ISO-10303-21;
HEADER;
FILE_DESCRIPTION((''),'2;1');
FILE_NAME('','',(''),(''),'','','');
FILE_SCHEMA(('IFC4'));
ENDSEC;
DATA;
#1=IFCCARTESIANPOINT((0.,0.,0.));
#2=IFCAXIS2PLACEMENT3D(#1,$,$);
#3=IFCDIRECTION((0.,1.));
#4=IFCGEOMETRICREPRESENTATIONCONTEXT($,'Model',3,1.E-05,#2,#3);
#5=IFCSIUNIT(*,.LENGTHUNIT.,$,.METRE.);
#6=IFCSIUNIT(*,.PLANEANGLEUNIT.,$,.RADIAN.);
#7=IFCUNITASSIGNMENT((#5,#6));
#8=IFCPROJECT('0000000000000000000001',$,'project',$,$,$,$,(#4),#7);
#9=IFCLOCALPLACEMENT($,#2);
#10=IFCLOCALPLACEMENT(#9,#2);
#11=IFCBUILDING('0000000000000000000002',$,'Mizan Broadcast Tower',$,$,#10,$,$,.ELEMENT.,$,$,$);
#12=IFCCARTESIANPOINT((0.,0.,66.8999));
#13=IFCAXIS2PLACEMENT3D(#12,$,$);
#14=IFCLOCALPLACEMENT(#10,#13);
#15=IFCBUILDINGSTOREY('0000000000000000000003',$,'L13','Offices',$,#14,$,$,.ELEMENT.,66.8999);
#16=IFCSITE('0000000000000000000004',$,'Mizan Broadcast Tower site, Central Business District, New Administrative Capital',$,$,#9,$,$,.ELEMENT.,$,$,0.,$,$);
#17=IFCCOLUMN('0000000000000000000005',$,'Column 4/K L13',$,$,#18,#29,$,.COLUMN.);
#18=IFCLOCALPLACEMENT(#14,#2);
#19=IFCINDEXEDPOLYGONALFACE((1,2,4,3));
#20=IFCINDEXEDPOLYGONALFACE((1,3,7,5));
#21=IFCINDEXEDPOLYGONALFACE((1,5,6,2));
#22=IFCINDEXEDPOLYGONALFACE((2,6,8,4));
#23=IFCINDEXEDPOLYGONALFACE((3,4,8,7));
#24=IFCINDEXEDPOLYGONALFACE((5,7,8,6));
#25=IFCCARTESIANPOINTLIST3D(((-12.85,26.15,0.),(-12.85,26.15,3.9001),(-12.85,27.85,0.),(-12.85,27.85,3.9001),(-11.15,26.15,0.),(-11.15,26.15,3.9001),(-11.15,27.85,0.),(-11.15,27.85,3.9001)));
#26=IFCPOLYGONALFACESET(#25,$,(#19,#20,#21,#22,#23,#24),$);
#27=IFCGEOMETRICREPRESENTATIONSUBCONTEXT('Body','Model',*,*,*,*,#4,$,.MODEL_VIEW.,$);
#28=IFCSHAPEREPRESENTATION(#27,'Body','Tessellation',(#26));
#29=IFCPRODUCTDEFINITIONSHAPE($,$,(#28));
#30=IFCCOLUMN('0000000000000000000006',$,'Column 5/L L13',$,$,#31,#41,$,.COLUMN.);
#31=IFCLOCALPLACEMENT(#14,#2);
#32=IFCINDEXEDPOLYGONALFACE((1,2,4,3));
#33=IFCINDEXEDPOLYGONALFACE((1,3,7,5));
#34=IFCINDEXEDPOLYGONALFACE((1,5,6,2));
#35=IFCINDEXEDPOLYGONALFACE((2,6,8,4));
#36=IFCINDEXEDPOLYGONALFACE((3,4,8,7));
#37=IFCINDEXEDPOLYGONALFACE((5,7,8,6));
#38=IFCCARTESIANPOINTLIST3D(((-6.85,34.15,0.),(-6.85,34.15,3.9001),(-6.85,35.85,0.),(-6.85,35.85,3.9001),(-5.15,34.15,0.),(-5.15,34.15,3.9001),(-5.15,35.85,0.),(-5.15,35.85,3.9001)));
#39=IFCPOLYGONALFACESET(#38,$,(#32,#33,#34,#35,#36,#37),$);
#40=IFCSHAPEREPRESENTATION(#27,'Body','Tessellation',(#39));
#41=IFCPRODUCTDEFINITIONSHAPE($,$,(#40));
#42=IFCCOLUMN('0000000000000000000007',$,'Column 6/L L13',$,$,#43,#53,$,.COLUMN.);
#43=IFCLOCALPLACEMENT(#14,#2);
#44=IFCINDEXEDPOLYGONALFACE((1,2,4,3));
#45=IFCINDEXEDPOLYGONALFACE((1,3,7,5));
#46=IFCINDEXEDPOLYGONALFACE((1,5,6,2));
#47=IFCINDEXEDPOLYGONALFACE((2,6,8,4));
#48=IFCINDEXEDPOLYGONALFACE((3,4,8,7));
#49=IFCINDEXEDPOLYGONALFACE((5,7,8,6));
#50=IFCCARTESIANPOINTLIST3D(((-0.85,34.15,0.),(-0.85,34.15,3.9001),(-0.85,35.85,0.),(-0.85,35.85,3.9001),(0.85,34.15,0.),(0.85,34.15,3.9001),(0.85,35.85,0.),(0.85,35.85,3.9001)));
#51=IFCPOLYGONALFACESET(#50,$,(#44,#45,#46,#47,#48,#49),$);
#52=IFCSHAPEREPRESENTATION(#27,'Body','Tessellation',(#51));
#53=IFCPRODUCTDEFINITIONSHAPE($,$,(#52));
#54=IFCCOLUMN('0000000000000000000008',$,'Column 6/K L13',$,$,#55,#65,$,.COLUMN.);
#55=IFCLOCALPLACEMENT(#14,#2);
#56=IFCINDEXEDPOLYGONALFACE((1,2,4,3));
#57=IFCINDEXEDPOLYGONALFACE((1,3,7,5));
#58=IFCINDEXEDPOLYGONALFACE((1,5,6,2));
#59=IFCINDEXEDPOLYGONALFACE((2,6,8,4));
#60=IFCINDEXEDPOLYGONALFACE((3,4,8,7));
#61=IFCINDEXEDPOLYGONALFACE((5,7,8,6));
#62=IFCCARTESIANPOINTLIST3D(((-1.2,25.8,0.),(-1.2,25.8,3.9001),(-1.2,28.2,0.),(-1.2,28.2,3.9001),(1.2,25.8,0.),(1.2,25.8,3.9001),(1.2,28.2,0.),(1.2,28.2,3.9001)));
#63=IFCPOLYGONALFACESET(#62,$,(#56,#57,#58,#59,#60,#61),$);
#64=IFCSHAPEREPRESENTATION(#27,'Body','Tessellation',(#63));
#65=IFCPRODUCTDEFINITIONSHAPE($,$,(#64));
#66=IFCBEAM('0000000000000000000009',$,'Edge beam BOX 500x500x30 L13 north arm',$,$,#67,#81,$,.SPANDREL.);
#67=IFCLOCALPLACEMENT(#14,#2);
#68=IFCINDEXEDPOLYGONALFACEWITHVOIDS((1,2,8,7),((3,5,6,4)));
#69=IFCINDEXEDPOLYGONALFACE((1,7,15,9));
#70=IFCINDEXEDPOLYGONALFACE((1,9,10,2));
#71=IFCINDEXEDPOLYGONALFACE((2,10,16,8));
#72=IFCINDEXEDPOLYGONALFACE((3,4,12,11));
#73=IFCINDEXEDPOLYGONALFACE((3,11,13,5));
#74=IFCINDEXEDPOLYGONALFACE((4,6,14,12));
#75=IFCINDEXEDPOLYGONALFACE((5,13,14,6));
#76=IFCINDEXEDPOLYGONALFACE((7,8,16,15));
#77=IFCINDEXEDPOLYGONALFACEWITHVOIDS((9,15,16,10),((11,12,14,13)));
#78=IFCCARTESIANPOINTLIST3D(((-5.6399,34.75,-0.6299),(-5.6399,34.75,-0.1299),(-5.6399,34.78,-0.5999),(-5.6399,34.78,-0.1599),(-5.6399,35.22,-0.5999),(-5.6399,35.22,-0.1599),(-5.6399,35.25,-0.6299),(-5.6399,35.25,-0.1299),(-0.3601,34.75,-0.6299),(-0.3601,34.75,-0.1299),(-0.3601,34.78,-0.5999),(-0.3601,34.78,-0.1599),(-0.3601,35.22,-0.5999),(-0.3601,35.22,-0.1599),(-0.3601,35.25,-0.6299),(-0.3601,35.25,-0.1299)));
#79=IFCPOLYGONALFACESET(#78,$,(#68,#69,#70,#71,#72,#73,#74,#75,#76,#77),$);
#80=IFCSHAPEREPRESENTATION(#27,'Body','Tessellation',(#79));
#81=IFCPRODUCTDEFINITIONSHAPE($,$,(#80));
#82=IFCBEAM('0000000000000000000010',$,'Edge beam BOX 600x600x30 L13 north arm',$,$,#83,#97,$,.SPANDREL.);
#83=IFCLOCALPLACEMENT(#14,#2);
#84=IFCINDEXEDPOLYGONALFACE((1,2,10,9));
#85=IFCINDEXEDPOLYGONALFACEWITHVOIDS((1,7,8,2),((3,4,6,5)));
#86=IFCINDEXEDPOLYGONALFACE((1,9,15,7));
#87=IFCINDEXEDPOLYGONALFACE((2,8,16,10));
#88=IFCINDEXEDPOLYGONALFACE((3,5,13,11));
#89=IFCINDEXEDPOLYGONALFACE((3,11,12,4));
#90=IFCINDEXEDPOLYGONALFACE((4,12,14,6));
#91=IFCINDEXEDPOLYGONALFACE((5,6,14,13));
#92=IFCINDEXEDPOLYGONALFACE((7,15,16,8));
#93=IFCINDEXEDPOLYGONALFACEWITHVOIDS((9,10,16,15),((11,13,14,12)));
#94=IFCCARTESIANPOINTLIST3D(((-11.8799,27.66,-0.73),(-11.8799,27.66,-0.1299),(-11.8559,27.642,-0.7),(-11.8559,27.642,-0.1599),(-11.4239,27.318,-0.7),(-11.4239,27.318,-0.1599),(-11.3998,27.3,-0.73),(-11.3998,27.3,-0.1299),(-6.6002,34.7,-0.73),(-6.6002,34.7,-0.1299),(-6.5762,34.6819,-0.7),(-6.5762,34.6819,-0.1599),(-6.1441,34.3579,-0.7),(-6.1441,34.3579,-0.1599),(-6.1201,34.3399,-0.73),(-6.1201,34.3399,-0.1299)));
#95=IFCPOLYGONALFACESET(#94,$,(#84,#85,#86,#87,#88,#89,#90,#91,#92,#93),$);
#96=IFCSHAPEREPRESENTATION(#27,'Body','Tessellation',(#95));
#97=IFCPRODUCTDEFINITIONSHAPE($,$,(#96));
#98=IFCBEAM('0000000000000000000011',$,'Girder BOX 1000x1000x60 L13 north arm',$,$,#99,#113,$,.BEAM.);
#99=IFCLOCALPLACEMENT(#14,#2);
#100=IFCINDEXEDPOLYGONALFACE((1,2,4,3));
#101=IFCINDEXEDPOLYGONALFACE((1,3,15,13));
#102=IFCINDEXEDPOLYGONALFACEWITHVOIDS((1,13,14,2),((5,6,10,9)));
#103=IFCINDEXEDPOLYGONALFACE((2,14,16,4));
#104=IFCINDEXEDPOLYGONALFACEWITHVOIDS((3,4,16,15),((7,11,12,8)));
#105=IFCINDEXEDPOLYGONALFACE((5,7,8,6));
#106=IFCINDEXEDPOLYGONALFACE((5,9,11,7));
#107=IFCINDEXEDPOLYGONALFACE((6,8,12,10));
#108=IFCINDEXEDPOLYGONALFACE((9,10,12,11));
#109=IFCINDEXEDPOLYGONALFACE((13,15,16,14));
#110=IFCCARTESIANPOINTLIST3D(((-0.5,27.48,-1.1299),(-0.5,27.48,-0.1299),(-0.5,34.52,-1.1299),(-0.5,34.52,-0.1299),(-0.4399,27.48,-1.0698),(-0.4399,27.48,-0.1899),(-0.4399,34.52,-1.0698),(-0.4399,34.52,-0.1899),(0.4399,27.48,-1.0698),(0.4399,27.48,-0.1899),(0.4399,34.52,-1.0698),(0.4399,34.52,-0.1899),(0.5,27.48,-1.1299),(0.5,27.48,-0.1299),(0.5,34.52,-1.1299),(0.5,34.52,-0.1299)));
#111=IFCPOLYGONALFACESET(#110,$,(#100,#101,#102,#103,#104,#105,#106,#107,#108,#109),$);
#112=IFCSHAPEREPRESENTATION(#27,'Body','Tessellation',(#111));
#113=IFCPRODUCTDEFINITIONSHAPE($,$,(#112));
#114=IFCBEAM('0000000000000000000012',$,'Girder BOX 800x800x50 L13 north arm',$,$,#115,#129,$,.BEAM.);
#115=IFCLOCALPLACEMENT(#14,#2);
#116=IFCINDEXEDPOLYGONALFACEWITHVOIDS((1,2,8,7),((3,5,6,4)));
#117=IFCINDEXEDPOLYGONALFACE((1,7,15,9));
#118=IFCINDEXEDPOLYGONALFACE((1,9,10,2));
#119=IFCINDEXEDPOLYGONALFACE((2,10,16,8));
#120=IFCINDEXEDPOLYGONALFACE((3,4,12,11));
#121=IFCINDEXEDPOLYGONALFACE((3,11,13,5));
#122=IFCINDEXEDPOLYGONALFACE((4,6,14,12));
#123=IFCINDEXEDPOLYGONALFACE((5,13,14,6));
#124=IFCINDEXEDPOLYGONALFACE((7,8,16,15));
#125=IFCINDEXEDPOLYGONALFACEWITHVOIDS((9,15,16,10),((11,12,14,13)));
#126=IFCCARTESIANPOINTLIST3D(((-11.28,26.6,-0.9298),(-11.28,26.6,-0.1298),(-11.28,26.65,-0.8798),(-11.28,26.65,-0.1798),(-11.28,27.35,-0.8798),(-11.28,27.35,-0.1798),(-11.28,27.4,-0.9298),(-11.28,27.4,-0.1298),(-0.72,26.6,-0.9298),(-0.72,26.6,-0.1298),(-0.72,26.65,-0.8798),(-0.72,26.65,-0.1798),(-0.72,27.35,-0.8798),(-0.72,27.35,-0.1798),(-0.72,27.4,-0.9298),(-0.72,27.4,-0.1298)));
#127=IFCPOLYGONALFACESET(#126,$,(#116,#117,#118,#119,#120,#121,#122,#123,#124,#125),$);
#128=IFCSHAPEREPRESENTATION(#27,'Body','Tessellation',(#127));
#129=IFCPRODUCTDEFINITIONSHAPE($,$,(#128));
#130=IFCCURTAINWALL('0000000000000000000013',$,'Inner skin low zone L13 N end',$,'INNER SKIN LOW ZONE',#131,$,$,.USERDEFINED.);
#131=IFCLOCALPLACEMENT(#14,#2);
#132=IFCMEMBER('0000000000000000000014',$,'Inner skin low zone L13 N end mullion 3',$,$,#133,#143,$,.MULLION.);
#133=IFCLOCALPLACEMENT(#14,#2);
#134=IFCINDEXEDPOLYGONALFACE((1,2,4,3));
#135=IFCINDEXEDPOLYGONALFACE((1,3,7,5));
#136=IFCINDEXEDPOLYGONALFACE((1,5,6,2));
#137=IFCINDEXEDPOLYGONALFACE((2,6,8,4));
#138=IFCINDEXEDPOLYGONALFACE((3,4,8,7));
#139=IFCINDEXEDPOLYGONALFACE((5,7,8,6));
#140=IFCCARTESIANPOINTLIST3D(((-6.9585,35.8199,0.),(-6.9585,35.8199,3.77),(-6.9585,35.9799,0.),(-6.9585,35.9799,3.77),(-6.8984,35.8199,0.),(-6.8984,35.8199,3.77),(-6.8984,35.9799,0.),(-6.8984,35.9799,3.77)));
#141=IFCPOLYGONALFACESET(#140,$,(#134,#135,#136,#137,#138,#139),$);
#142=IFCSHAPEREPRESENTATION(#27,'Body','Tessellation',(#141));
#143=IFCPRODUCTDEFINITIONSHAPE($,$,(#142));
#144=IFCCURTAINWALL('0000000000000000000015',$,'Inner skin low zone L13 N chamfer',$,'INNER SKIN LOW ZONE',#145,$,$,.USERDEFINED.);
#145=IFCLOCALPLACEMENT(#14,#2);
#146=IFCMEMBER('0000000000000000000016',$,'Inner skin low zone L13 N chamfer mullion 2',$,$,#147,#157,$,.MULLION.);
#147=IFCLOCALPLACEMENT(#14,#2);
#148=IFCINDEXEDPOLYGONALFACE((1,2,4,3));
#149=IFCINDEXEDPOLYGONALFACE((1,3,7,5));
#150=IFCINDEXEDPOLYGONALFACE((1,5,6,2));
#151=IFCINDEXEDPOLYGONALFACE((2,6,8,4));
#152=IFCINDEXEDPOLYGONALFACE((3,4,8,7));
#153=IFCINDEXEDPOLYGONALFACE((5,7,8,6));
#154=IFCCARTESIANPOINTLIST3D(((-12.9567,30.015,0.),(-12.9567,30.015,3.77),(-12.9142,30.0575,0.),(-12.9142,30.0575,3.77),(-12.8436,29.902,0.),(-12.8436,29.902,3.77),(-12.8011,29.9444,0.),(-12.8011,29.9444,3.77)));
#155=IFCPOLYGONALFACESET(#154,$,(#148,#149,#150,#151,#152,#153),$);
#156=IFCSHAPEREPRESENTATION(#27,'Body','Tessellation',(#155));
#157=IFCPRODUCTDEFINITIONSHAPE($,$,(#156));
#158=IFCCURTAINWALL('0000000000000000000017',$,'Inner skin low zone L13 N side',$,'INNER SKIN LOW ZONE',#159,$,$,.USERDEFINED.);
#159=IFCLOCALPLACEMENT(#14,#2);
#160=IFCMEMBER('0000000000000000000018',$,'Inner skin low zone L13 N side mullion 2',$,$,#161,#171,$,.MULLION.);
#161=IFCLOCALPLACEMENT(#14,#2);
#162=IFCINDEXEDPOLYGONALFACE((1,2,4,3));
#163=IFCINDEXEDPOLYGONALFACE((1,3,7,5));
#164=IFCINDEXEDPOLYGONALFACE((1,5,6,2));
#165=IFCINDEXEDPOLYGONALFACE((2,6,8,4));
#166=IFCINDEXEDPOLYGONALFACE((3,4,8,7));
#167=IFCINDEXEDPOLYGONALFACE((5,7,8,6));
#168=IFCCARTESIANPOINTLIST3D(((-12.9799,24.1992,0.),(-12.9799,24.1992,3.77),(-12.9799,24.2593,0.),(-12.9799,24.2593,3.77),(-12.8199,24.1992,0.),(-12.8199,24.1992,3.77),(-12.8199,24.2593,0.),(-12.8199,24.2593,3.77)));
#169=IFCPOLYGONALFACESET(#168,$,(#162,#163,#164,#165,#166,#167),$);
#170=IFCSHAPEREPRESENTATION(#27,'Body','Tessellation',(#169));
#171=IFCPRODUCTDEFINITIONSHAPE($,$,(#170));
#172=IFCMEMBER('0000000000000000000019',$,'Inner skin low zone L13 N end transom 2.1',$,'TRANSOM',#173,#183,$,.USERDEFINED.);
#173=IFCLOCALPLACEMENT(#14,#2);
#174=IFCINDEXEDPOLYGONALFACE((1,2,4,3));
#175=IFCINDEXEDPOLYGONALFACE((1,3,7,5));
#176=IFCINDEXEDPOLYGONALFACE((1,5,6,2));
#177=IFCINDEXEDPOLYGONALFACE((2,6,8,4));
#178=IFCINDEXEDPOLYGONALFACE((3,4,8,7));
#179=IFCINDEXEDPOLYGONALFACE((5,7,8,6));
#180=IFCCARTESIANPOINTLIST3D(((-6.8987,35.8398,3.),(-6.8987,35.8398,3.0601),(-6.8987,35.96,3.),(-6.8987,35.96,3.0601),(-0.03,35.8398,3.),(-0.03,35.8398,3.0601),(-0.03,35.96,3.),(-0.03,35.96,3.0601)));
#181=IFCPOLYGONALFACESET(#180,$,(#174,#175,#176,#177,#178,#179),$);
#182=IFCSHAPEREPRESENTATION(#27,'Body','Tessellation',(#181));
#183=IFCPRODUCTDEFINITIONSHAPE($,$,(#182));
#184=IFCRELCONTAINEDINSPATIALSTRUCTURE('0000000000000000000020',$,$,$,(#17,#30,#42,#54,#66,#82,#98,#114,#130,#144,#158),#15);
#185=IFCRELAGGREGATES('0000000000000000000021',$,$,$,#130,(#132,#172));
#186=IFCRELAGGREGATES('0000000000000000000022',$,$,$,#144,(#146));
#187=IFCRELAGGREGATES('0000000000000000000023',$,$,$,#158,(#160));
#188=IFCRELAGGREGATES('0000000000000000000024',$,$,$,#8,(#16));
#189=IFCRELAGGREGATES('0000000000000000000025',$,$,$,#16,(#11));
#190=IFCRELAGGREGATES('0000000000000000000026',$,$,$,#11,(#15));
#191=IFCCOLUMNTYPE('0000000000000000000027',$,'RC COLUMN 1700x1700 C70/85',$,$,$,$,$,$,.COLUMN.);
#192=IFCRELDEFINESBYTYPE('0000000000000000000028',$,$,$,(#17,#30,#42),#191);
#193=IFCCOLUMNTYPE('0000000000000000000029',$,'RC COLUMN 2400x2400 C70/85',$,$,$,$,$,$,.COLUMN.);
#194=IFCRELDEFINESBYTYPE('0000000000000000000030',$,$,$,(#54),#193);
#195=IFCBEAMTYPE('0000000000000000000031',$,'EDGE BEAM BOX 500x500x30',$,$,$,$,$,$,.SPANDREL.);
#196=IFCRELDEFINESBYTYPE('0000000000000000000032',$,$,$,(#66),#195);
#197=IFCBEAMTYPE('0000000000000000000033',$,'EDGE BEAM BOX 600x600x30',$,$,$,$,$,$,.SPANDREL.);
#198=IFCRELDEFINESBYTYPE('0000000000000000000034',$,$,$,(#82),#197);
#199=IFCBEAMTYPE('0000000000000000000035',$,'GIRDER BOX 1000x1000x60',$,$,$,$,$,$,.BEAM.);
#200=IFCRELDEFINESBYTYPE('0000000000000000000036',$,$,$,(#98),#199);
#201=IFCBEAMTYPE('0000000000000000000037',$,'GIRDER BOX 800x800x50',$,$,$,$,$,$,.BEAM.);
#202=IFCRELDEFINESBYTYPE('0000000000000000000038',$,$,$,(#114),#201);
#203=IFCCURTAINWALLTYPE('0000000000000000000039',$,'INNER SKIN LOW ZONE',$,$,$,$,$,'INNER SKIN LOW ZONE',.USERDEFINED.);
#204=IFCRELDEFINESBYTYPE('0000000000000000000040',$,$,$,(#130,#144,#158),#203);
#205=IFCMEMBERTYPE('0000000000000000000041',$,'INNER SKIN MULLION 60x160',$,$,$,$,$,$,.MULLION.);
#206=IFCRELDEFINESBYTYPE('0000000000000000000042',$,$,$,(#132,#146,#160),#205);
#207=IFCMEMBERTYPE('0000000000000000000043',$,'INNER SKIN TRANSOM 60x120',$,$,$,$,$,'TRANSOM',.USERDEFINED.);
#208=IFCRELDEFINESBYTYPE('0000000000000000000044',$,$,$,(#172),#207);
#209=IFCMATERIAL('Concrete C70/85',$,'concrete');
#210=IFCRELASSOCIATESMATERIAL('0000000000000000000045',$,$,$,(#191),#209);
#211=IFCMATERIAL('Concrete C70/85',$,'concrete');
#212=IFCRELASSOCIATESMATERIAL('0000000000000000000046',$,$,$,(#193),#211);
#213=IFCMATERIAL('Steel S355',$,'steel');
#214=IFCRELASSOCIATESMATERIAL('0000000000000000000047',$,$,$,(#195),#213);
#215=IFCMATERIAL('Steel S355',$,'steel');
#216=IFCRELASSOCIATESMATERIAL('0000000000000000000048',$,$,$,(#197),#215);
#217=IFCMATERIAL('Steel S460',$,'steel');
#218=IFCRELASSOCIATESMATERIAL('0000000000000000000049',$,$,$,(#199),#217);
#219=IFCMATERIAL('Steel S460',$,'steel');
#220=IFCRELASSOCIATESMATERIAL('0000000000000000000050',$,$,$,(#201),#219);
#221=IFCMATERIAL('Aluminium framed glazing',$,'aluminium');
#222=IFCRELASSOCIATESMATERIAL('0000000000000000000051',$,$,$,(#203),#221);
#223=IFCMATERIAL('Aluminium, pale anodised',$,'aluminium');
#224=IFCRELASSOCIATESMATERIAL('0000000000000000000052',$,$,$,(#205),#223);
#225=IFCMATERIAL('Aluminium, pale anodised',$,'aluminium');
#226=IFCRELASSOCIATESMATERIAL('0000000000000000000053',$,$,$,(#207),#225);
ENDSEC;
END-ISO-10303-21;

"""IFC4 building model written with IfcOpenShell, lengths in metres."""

from ifc_helpers import new_model, si_unit, direction, frame, origin, origin_2d, place, context, subcontext, project, spatial, rectangle, hollow_rectangle, extrude, material, material_profile, profile_set, type_object, element, aggregate, save


model = new_model("IFC4")

# Units and contexts
model_context = context("Model", 3, precision=1e-05, world=origin(), true_north=direction((0.0, 1.0)))
body_context = subcontext(model_context, "Body", "Model", "MODEL_VIEW")
ifc_project = project(units=[si_unit("LENGTHUNIT", "METRE"), si_unit("PLANEANGLEUNIT", "RADIAN")], contexts=[model_context])

# Site, building, storey
site_placement = place(None, origin())
site = spatial("IfcSite", under=ifc_project, at=site_placement, Name="Mizan Broadcast Tower site, Central Business District, New Administrative Capital", CompositionType="ELEMENT", RefElevation=0.0)
building_placement = place(site_placement, origin())
building = spatial("IfcBuilding", under=site, at=building_placement, Name="Mizan Broadcast Tower", CompositionType="ELEMENT")
storey_placement = place(building_placement, frame((0.0, 0.0, 66.8999)))
storey = spatial("IfcBuildingStorey", under=building, at=storey_placement, Name="L13", Description="Offices", CompositionType="ELEMENT", Elevation=66.8999)

# Columns
ifc_material_1 = material(Name="Concrete C70/85", Category="concrete")
ifc_material_profile_1 = material_profile(ifc_material_1, rectangle(XDim=1.7, YDim=1.7, at=origin_2d()), Name="RC 1700x1700")
ifc_profile_set_1 = profile_set([ifc_material_profile_1], Name="Concrete C70/85")
column_type_1 = type_object("IfcColumnType", Name="RC COLUMN 1700x1700 C70/85", PredefinedType="COLUMN", material=ifc_profile_set_1)
for number, where, z_axis, x_axis, name in (
    (1, (-12.0, 27.0, 0.0), (0.0, 0.0, 1.0), (1.0, 0.0, 0.0), "Column 4/K L13"),
    (2, (-6.0, 35.0, 0.0), (0.0, 0.0, 1.0), (1.0, 0.0, 0.0), "Column 5/L L13"),
    (3, (0.0, 35.0, 0.0), (0.0, 0.0, 1.0), (1.0, 0.0, 0.0), "Column 6/L L13"),
):
    element("IfcColumn", number, at=place(storey_placement, frame(where, z_axis=z_axis, x_axis=x_axis)), inside=storey, type_object=column_type_1, Name=name, PredefinedType="COLUMN", context=body_context, shape_type="SweptSolid", body=[
        extrude(rectangle(XDim=1.7, YDim=1.7, at=origin_2d()), origin(), (0.0, 0.0, 1.0), 3.9001),
    ])
ifc_material_2 = material(Name="Concrete C70/85", Category="concrete")
ifc_material_profile_2 = material_profile(ifc_material_2, rectangle(XDim=2.3999, YDim=2.3999, at=origin_2d()), Name="RC 2400x2400")
ifc_profile_set_2 = profile_set([ifc_material_profile_2], Name="Concrete C70/85")
column_type_2 = type_object("IfcColumnType", Name="RC COLUMN 2400x2400 C70/85", PredefinedType="COLUMN", material=ifc_profile_set_2)
column_placement = place(storey_placement, frame((0.0, 27.0, 0.0), z_axis=(0.0, 0.0, 1.0), x_axis=(1.0, 0.0, 0.0)))
element("IfcColumn", 4, at=column_placement, inside=storey, type_object=column_type_2, Name="Column 6/K L13", PredefinedType="COLUMN", context=body_context, shape_type="SweptSolid", body=[
    extrude(rectangle(XDim=2.3999, YDim=2.3999, at=origin_2d()), origin(), (0.0, 0.0, 1.0), 3.9001),
])

# Beams
ifc_material_3 = material(Name="Steel S355", Category="steel")
ifc_material_profile_3 = material_profile(ifc_material_3, hollow_rectangle(XDim=0.5, YDim=0.5, WallThickness=0.03, at=origin_2d()), Name="BOX 500x500x30")
ifc_profile_set_3 = profile_set([ifc_material_profile_3], Name="Steel S355")
beam_type_1 = type_object("IfcBeamType", Name="EDGE BEAM BOX 500x500x30", PredefinedType="SPANDREL", material=ifc_profile_set_3)
beam_1_placement = place(storey_placement, frame((-5.6399, 35.0, -0.3799), z_axis=(1.0, 0.0, 0.0), x_axis=(0.0, 1.0, 0.0)))
element("IfcBeam", 5, at=beam_1_placement, inside=storey, type_object=beam_type_1, Name="Edge beam BOX 500x500x30 L13 north arm", PredefinedType="SPANDREL", context=body_context, shape_type="SweptSolid", body=[
    extrude(hollow_rectangle(XDim=0.5, YDim=0.5, WallThickness=0.03, at=origin_2d()), origin(), (0.0, 0.0, 1.0), 5.2798),
])
ifc_material_4 = material(Name="Steel S355", Category="steel")
ifc_material_profile_4 = material_profile(ifc_material_4, hollow_rectangle(XDim=0.6001, YDim=0.6001, WallThickness=0.03, at=origin_2d()), Name="BOX 600x600x30")
ifc_profile_set_4 = profile_set([ifc_material_profile_4], Name="Steel S355")
beam_type_2 = type_object("IfcBeamType", Name="EDGE BEAM BOX 600x600x30", PredefinedType="SPANDREL", material=ifc_profile_set_4)
beam_2_placement = place(storey_placement, frame((-11.6399, 27.48, -0.4299), z_axis=(0.599982, 0.800013, 0.0), x_axis=(-0.800013, 0.599982, 0.0)))
element("IfcBeam", 6, at=beam_2_placement, inside=storey, type_object=beam_type_2, Name="Edge beam BOX 600x600x30 L13 north arm", PredefinedType="SPANDREL", context=body_context, shape_type="SweptSolid", body=[
    extrude(hollow_rectangle(XDim=0.6001, YDim=0.6001, WallThickness=0.03, at=origin_2d()), origin(), (0.0, 0.0, 1.0), 8.7998),
])
ifc_material_5 = material(Name="Steel S460", Category="steel")
ifc_material_profile_5 = material_profile(ifc_material_5, hollow_rectangle(XDim=1.0, YDim=1.0, WallThickness=0.0601, at=origin_2d()), Name="BOX 1000x1000x60")
ifc_profile_set_5 = profile_set([ifc_material_profile_5], Name="Steel S460")
beam_type_3 = type_object("IfcBeamType", Name="GIRDER BOX 1000x1000x60", PredefinedType="BEAM", material=ifc_profile_set_5)
beam_3_placement = place(storey_placement, frame((0.0, 27.48, -0.6299), z_axis=(0.0, 1.0, 0.0), x_axis=(-1.0, 0.0, 0.0)))
element("IfcBeam", 7, at=beam_3_placement, inside=storey, type_object=beam_type_3, Name="Girder BOX 1000x1000x60 L13 north arm", PredefinedType="BEAM", context=body_context, shape_type="SweptSolid", body=[
    extrude(hollow_rectangle(XDim=1.0, YDim=1.0, WallThickness=0.0601, at=origin_2d()), origin(), (0.0, 0.0, 1.0), 7.04),
])
ifc_material_6 = material(Name="Steel S460", Category="steel")
ifc_material_profile_6 = material_profile(ifc_material_6, hollow_rectangle(XDim=0.8, YDim=0.8, WallThickness=0.05, at=origin_2d()), Name="BOX 800x800x50")
ifc_profile_set_6 = profile_set([ifc_material_profile_6], Name="Steel S460")
beam_type_4 = type_object("IfcBeamType", Name="GIRDER BOX 800x800x50", PredefinedType="BEAM", material=ifc_profile_set_6)
beam_4_placement = place(storey_placement, frame((-11.28, 27.0, -0.5298), z_axis=(1.0, 0.0, 0.0), x_axis=(0.0, 1.0, 0.0)))
element("IfcBeam", 8, at=beam_4_placement, inside=storey, type_object=beam_type_4, Name="Girder BOX 800x800x50 L13 north arm", PredefinedType="BEAM", context=body_context, shape_type="SweptSolid", body=[
    extrude(hollow_rectangle(XDim=0.8, YDim=0.8, WallThickness=0.05, at=origin_2d()), origin(), (0.0, 0.0, 1.0), 10.5601),
])

# Curtain walls, members
ifc_material_7 = material(Name="Aluminium framed glazing", Category="aluminium")
curtain_wall_type_1 = type_object("IfcCurtainWallType", Name="INNER SKIN LOW ZONE", ElementType="INNER SKIN LOW ZONE", PredefinedType="USERDEFINED", material=ifc_material_7)
curtain_wall_1_placement = place(storey_placement, origin())
curtain_wall_1 = element("IfcCurtainWall", 9, at=curtain_wall_1_placement, inside=storey, type_object=curtain_wall_type_1, Name="Inner skin low zone L13 N end", ObjectType="INNER SKIN LOW ZONE", PredefinedType="USERDEFINED")
ifc_material_8 = material(Name="Aluminium, pale anodised", Category="aluminium")
ifc_material_profile_7 = material_profile(ifc_material_8, rectangle(XDim=0.1599, YDim=0.0601, at=origin_2d()), Name="MULLION 160x60")
ifc_profile_set_7 = profile_set([ifc_material_profile_7], Name="Aluminium, pale anodised")
member_type_1 = type_object("IfcMemberType", Name="INNER SKIN MULLION 60x160", PredefinedType="MULLION", material=ifc_profile_set_7)
member_1_placement = place(storey_placement, frame((-6.9285, 35.8999, 0.0), z_axis=(0.0, 0.0, 1.0), x_axis=(0.0, -1.0, 0.0)))
member_1 = element("IfcMember", 10, at=member_1_placement, type_object=member_type_1, Name="Inner skin low zone L13 N end mullion 3", PredefinedType="MULLION", context=body_context, shape_type="SweptSolid", body=[
    extrude(rectangle(XDim=0.1599, YDim=0.0601, at=origin_2d()), origin(), (0.0, 0.0, 1.0), 3.77),
])
curtain_wall_2_placement = place(storey_placement, origin())
curtain_wall_2 = element("IfcCurtainWall", 11, at=curtain_wall_2_placement, inside=storey, type_object=curtain_wall_type_1, Name="Inner skin low zone L13 N chamfer", ObjectType="INNER SKIN LOW ZONE", PredefinedType="USERDEFINED")
member_2_placement = place(storey_placement, frame((-12.8789, 29.9797, 0.0), z_axis=(0.0, 0.0, 1.0), x_axis=(0.707107, -0.707107, 0.0)))
member_2 = element("IfcMember", 12, at=member_2_placement, type_object=member_type_1, Name="Inner skin low zone L13 N chamfer mullion 2", PredefinedType="MULLION", context=body_context, shape_type="SweptSolid", body=[
    extrude(rectangle(XDim=0.1599, YDim=0.0601, at=origin_2d()), origin(), (0.0, 0.0, 1.0), 3.77),
])
curtain_wall_3_placement = place(storey_placement, origin())
curtain_wall_3 = element("IfcCurtainWall", 13, at=curtain_wall_3_placement, inside=storey, type_object=curtain_wall_type_1, Name="Inner skin low zone L13 N side", ObjectType="INNER SKIN LOW ZONE", PredefinedType="USERDEFINED")
member_3_placement = place(storey_placement, frame((-12.8999, 24.2292, 0.0), z_axis=(0.0, 0.0, 1.0), x_axis=(1.0, 0.0, 0.0)))
member_3 = element("IfcMember", 14, at=member_3_placement, type_object=member_type_1, Name="Inner skin low zone L13 N side mullion 2", PredefinedType="MULLION", context=body_context, shape_type="SweptSolid", body=[
    extrude(rectangle(XDim=0.1599, YDim=0.0601, at=origin_2d()), origin(), (0.0, 0.0, 1.0), 3.77),
])

# Member
ifc_material_9 = material(Name="Aluminium, pale anodised", Category="aluminium")
ifc_material_profile_8 = material_profile(ifc_material_9, rectangle(XDim=0.1201, YDim=0.0601, at=origin_2d()), Name="TRANSOM 120x60")
ifc_profile_set_8 = profile_set([ifc_material_profile_8], Name="Aluminium, pale anodised")
member_type_2 = type_object("IfcMemberType", Name="INNER SKIN TRANSOM 60x120", ElementType="TRANSOM", PredefinedType="USERDEFINED", material=ifc_profile_set_8)
member_4_placement = place(storey_placement, frame((-0.03, 35.8999, 3.03), z_axis=(-1.0, 0.0, 0.0), x_axis=(0.0, -1.0, 0.0)))
member_4 = element("IfcMember", 15, at=member_4_placement, type_object=member_type_2, Name="Inner skin low zone L13 N end transom 2.1", ObjectType="TRANSOM", PredefinedType="USERDEFINED", context=body_context, shape_type="SweptSolid", body=[
    extrude(rectangle(XDim=0.1201, YDim=0.0601, at=origin_2d()), origin(), (0.0, 0.0, 1.0), 6.8687),
])

aggregate(curtain_wall_1, [member_1, member_4])
aggregate(curtain_wall_2, [member_2])
aggregate(curtain_wall_3, [member_3])

save(model, "model.ifc")
